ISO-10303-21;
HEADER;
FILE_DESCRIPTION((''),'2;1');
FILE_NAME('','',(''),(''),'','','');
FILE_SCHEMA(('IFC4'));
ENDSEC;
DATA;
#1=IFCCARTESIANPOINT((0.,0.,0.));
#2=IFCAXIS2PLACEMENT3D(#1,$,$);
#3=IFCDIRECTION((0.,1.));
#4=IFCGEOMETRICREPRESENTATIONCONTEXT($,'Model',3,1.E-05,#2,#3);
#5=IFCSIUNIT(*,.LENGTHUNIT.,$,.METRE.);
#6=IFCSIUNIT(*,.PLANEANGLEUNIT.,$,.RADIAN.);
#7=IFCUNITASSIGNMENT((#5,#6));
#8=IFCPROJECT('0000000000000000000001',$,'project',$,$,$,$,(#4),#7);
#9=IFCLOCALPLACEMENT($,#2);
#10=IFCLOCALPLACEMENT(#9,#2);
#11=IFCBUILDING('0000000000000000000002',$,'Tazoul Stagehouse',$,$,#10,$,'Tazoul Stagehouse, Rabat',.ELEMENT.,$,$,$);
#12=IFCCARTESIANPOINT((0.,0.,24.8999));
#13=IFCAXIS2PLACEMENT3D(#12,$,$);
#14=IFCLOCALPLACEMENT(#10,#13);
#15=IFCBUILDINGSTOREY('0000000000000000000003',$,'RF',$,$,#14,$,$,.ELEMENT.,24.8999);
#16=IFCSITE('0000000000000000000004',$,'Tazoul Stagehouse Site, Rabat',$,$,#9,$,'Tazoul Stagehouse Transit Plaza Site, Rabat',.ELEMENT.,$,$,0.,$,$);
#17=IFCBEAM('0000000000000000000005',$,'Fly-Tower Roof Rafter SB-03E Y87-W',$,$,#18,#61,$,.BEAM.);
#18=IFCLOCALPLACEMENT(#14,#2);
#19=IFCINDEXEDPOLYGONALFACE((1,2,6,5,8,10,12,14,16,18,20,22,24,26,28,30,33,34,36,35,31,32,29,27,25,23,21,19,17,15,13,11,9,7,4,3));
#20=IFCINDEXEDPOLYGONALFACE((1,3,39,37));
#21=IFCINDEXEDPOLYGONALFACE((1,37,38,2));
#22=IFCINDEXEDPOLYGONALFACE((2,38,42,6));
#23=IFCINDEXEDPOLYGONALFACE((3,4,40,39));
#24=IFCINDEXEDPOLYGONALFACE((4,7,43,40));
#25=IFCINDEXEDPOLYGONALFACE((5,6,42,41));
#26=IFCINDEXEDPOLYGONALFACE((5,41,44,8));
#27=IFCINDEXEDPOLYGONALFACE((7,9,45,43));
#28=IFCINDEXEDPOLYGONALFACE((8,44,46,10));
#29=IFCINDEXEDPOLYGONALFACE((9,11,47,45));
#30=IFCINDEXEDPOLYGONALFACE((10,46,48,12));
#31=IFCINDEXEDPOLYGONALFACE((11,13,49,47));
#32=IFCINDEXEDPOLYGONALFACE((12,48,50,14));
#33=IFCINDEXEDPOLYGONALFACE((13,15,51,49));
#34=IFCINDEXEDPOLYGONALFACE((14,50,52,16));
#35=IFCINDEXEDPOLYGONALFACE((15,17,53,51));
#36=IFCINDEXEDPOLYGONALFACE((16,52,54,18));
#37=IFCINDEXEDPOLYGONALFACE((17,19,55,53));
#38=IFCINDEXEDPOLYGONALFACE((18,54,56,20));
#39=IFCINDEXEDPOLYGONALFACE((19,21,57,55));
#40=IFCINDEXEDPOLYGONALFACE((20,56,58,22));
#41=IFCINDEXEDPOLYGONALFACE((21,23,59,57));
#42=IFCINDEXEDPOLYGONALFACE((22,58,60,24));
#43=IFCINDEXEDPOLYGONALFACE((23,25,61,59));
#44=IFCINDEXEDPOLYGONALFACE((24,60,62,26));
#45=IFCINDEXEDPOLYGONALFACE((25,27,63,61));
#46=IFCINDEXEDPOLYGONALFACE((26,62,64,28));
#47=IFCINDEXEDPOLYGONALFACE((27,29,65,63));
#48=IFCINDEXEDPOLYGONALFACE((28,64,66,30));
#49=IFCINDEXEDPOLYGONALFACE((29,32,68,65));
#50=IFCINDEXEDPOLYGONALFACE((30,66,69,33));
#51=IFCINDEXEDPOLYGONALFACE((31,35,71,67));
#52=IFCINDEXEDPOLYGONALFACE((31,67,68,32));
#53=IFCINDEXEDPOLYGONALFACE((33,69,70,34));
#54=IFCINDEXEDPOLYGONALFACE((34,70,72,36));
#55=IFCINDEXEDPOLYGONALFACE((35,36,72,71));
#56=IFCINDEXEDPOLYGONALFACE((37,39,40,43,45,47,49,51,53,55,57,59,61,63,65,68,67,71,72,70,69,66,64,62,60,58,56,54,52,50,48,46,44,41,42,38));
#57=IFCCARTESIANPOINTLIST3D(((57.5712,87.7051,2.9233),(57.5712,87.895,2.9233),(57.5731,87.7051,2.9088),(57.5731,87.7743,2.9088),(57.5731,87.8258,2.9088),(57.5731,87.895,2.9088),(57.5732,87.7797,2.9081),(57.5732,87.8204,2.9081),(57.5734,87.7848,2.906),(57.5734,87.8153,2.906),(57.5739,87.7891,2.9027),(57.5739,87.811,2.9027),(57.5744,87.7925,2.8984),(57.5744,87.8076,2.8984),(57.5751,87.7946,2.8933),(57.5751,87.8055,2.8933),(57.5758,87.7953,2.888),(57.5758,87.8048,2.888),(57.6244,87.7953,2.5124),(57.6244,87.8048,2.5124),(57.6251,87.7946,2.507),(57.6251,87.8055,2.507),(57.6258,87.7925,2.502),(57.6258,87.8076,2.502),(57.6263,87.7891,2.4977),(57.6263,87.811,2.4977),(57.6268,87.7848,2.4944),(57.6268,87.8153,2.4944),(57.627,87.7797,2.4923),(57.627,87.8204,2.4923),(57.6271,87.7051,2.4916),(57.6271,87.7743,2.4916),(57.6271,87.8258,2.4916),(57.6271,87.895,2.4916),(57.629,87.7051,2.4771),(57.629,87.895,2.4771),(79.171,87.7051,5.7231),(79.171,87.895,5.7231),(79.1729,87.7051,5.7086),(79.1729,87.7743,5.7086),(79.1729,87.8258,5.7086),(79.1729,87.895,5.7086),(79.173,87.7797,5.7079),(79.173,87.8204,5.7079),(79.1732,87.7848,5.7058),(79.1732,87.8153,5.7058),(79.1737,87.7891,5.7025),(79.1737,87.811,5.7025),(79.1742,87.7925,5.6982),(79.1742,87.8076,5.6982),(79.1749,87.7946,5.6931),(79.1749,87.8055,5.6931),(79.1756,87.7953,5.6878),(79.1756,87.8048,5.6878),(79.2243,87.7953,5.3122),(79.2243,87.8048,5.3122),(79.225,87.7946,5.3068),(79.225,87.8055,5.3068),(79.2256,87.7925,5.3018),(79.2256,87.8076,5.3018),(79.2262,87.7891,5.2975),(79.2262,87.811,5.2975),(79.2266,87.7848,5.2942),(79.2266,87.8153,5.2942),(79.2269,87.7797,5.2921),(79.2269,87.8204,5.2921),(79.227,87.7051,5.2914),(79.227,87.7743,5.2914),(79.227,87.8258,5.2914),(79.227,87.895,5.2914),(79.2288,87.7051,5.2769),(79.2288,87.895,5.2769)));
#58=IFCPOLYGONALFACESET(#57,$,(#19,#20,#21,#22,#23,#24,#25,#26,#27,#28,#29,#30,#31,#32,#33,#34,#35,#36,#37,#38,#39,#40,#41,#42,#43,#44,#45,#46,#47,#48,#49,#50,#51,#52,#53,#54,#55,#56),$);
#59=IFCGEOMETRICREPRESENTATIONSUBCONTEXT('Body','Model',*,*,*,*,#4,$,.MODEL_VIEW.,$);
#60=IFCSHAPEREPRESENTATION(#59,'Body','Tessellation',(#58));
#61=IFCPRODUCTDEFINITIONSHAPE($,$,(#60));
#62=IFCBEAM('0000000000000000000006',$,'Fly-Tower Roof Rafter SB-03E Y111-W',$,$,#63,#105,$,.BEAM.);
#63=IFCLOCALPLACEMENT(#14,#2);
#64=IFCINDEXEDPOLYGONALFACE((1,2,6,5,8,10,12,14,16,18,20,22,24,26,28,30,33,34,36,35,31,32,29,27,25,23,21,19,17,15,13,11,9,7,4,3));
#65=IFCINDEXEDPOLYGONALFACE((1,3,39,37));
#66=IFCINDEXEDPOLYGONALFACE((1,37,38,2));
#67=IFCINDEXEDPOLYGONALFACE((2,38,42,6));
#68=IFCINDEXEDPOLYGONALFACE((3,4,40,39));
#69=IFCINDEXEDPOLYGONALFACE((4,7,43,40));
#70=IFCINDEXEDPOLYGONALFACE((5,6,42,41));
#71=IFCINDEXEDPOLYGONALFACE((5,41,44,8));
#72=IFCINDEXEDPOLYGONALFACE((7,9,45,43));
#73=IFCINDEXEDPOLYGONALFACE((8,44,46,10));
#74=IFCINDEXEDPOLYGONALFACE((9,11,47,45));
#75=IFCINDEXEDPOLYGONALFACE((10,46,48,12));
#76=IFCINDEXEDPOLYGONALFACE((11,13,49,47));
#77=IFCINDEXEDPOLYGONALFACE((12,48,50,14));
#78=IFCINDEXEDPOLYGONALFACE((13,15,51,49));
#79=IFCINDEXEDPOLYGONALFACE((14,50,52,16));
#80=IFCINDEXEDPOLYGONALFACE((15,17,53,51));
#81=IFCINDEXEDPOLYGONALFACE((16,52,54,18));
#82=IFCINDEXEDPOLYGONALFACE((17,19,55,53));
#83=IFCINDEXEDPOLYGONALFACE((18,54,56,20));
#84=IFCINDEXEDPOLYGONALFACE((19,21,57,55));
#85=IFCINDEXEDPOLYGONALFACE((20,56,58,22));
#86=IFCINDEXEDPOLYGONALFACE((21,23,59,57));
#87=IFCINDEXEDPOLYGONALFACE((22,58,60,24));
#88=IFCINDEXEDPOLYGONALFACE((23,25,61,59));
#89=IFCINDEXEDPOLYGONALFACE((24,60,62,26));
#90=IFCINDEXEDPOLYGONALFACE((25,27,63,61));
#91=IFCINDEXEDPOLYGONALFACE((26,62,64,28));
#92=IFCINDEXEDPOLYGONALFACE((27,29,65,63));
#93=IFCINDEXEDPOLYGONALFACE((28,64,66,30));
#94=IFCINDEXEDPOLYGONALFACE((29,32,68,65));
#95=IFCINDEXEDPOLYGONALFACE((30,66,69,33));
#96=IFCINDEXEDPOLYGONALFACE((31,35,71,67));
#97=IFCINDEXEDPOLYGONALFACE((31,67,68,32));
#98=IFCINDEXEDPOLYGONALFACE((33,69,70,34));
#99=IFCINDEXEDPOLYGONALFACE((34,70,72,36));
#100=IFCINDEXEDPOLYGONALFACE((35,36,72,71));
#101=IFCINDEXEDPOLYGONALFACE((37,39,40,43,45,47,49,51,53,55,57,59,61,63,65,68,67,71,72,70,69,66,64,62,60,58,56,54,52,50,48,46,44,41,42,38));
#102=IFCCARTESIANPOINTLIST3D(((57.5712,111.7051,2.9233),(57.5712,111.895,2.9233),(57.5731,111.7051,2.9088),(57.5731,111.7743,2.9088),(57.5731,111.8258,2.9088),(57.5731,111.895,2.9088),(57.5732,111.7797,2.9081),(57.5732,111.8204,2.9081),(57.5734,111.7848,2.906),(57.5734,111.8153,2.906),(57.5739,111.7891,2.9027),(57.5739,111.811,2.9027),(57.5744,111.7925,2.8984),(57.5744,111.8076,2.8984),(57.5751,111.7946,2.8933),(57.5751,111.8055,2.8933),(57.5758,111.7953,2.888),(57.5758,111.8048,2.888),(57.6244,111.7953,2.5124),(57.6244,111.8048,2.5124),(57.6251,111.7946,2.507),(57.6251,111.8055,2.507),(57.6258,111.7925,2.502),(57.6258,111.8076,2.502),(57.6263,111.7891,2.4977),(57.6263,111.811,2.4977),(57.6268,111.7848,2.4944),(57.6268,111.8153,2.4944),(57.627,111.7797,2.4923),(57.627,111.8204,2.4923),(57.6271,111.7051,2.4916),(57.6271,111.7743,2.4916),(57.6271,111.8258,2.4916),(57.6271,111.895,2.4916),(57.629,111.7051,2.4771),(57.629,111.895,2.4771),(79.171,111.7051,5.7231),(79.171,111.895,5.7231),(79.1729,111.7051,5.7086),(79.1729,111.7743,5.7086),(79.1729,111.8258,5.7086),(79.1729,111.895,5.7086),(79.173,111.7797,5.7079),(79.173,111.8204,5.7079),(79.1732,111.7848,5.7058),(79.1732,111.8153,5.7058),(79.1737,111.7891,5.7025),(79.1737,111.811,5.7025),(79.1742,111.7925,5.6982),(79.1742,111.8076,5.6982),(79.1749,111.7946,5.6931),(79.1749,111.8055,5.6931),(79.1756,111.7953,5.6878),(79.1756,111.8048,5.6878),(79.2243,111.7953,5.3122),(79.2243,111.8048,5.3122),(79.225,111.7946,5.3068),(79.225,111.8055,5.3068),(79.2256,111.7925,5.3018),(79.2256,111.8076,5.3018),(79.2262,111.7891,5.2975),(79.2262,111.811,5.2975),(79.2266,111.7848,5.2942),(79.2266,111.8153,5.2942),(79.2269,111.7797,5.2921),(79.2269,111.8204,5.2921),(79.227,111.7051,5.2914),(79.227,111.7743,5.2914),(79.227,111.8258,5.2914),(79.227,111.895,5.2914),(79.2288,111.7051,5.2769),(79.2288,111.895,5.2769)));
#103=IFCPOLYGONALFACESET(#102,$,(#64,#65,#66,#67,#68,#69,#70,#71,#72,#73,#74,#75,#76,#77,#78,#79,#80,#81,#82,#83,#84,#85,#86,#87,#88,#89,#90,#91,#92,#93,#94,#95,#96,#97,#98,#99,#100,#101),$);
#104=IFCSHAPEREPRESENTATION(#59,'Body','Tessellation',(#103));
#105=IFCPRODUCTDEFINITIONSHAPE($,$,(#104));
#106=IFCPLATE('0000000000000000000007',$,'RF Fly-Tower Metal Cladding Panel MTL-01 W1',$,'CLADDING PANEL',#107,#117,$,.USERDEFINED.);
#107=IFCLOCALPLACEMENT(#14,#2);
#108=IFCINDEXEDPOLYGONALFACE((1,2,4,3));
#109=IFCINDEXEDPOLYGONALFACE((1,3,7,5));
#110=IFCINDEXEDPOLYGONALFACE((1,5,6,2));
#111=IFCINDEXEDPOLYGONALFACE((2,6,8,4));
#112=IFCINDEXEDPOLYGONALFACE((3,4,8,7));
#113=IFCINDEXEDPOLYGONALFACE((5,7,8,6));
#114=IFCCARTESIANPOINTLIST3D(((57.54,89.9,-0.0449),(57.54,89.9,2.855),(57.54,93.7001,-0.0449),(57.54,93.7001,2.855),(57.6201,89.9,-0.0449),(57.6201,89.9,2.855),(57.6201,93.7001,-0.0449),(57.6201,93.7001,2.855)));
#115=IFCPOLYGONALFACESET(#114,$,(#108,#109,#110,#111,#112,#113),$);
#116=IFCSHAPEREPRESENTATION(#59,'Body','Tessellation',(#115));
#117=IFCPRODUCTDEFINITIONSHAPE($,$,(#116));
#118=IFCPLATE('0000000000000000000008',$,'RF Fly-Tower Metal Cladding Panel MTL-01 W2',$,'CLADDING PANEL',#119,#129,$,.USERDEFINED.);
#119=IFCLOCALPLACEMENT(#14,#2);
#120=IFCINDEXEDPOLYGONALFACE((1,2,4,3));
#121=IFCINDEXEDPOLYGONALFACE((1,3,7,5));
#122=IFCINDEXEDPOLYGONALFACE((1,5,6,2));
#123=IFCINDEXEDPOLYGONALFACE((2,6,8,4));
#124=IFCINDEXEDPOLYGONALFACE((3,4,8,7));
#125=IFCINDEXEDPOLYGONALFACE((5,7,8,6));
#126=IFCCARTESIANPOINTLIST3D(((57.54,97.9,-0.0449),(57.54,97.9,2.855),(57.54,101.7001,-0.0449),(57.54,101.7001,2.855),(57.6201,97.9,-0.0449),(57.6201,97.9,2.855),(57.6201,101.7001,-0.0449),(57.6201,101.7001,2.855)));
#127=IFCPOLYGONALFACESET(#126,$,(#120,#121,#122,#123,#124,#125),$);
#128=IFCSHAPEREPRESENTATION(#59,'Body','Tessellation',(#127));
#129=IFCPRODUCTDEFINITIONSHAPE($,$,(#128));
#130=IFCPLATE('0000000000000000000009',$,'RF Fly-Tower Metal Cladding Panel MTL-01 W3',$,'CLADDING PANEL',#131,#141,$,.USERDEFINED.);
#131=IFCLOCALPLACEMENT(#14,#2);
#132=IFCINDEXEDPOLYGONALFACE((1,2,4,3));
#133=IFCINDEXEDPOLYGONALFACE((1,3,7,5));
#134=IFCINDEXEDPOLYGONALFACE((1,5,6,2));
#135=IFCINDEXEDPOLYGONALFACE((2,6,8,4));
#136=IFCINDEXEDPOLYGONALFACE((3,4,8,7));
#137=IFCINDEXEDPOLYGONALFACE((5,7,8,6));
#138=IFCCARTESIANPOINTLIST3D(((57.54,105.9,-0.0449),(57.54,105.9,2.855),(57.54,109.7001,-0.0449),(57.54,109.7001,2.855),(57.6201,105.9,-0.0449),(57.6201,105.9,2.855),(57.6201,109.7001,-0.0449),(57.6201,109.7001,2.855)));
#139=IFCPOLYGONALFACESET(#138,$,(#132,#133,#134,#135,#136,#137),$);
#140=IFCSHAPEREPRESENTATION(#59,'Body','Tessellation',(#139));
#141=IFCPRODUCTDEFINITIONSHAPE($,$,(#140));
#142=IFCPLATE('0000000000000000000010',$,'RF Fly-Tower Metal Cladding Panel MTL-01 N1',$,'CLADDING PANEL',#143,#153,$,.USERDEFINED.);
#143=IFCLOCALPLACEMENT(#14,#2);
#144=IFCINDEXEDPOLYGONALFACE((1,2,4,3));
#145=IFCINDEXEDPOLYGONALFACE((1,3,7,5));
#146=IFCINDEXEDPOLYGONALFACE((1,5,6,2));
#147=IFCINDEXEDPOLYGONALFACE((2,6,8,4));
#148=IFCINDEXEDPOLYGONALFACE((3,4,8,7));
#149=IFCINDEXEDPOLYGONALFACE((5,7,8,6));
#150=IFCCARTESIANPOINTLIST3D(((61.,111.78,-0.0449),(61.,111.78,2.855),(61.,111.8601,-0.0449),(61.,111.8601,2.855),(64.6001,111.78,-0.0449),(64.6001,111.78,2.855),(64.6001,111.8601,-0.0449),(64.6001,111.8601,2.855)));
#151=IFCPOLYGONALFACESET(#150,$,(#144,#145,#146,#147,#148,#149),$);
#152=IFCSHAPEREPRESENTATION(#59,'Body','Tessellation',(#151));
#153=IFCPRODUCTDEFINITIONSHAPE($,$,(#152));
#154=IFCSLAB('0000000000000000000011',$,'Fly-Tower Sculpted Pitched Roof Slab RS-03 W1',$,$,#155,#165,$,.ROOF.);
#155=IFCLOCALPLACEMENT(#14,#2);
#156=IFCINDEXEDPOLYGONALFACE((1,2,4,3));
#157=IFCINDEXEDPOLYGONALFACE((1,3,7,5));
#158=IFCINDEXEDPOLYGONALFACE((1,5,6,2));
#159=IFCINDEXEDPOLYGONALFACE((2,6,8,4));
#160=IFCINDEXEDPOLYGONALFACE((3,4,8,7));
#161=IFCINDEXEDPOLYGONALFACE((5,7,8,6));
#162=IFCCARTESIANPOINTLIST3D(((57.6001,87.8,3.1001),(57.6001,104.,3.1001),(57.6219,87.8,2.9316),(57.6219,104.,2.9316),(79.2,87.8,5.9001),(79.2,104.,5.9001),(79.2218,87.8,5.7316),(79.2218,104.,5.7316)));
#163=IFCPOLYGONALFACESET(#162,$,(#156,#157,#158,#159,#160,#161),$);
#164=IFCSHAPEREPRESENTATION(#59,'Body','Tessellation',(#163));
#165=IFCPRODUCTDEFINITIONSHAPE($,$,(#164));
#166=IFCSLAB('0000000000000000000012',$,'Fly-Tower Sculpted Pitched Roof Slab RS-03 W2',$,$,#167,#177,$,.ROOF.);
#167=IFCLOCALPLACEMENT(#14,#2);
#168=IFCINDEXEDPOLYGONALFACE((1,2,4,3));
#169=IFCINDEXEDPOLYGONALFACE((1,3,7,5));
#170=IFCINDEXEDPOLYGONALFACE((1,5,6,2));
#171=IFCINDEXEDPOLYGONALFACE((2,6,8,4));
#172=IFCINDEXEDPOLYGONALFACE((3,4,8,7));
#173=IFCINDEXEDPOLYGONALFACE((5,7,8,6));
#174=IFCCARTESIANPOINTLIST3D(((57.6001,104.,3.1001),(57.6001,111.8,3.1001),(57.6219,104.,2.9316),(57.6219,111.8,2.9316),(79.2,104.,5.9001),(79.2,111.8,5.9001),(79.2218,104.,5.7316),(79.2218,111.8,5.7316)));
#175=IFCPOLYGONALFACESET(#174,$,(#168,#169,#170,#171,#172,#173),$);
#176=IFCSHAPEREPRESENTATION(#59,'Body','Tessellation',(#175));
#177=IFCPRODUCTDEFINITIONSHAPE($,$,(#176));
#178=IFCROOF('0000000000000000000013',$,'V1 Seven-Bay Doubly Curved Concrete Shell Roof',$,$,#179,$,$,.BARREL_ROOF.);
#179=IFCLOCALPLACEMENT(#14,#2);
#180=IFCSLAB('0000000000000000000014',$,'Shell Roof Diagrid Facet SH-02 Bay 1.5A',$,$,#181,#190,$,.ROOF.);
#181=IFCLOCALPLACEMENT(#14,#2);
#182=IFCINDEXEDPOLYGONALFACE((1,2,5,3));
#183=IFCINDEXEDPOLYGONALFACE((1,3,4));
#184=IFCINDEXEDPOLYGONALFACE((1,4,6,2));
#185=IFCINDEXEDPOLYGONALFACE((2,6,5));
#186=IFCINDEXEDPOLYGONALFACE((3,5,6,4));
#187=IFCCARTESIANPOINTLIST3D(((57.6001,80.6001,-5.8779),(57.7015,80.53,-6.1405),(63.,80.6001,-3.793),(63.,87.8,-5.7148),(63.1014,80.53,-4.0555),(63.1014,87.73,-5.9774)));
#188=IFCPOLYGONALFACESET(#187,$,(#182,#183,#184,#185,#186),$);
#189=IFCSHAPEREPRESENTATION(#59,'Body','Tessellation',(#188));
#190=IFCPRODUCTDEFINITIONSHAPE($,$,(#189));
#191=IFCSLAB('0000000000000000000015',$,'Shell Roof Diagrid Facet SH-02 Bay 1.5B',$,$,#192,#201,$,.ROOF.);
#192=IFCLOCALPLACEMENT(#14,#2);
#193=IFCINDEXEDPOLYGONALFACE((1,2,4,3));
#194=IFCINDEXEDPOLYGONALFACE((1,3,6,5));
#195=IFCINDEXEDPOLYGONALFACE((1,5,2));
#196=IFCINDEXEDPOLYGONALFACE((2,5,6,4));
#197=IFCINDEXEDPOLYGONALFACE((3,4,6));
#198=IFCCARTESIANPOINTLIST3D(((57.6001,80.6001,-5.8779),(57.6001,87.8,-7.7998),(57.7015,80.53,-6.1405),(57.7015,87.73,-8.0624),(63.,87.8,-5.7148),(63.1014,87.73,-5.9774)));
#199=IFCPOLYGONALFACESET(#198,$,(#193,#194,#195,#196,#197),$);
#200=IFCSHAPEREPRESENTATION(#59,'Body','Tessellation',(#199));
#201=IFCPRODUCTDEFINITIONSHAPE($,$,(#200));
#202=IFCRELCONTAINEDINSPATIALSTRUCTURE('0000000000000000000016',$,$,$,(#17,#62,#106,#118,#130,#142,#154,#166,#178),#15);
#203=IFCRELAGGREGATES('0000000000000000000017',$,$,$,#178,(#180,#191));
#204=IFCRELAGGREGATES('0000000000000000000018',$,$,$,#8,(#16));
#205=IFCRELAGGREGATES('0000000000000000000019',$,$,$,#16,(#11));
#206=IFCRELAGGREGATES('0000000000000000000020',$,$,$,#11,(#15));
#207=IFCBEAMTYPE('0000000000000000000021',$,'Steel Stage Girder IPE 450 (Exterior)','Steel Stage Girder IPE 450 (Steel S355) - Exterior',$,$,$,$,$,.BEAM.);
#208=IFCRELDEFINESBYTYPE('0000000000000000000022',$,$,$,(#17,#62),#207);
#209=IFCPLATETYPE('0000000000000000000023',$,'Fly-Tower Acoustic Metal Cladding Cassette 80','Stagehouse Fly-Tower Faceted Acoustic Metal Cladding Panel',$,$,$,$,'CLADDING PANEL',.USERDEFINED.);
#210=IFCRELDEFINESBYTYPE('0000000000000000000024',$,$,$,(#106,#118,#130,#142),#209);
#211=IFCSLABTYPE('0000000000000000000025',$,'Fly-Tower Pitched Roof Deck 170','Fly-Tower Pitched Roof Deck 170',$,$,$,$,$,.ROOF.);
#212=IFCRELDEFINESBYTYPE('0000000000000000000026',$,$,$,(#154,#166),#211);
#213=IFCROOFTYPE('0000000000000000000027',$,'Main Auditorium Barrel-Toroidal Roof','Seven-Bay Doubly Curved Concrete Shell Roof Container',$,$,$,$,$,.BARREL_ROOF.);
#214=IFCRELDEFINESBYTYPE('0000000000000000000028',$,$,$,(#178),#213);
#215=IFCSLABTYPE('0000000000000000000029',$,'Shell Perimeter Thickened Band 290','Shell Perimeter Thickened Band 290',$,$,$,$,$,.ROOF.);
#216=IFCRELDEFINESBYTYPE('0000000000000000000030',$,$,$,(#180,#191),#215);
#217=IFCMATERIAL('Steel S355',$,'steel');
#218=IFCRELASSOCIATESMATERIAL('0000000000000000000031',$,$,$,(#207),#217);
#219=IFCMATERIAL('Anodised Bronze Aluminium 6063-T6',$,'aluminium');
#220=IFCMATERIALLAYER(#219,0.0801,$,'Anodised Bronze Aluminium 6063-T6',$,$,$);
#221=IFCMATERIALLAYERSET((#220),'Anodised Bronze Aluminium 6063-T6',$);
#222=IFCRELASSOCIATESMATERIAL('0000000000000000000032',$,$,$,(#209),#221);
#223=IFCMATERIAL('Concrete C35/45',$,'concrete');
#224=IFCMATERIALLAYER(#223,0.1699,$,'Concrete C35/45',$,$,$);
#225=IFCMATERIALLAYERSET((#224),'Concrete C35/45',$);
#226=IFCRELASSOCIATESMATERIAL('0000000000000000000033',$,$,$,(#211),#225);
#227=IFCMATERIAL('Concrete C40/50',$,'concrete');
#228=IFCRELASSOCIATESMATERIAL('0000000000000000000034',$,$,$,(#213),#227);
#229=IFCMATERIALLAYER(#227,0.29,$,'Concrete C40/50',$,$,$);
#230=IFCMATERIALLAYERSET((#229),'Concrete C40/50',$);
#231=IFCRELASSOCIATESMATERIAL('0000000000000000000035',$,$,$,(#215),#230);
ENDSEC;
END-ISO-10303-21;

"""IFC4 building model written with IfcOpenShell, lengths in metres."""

from ifc_helpers import new_model, si_unit, direction, frame, origin, origin_2d, place, context, subcontext, project, spatial, polyline, rectangle, i_section, outline, extrude, material, layer, layer_set, material_profile, profile_set, type_object, element, aggregate, save


model = new_model("IFC4")

# Units and contexts
model_context = context("Model", 3, precision=1e-05, world=origin(), true_north=direction((0.0, 1.0)))
body_context = subcontext(model_context, "Body", "Model", "MODEL_VIEW")
ifc_project = project(units=[si_unit("LENGTHUNIT", "METRE"), si_unit("PLANEANGLEUNIT", "RADIAN")], contexts=[model_context])

# Site, building, storey
site_placement = place(None, origin())
site = spatial("IfcSite", under=ifc_project, at=site_placement, Name="Tazoul Stagehouse Site, Rabat", LongName="Tazoul Stagehouse Transit Plaza Site, Rabat", CompositionType="ELEMENT", RefElevation=0.0)
building_placement = place(site_placement, origin())
building = spatial("IfcBuilding", under=site, at=building_placement, Name="Tazoul Stagehouse", LongName="Tazoul Stagehouse, Rabat", CompositionType="ELEMENT")
storey_placement = place(building_placement, frame((0.0, 0.0, 24.8999)))
storey = spatial("IfcBuildingStorey", under=building, at=storey_placement, Name="RF", CompositionType="ELEMENT", Elevation=24.8999)

# Shared definitions
ifc_material_1 = material(Name="Steel S355", Category="steel")

# Shared definitions
ifc_material_2 = material(Name="Concrete C40/50", Category="concrete")

# Beams
ifc_material_profile_1 = material_profile(ifc_material_1, i_section(OverallWidth=0.1899, OverallDepth=0.45, WebThickness=0.0095, FlangeThickness=0.0146, FilletRadius=0.021, at=origin_2d()), Name="IPE 450")
ifc_profile_set_1 = profile_set([ifc_material_profile_1], Name="Steel S355")
beam_type_1 = type_object("IfcBeamType", Name="Steel Stage Girder IPE 450 (Exterior)", Description="Steel Stage Girder IPE 450 (Steel S355) - Exterior", PredefinedType="BEAM", material=ifc_profile_set_1)
for number, where, z_axis, x_axis, name in (
    (1, (57.6001, 87.8, 2.7002), (0.991704, 0.0, 0.128546), (0.0, 1.0, 0.0), "Fly-Tower Roof Rafter SB-03E Y87-W"),
    (2, (57.6001, 111.8, 2.7002), (0.991704, 0.0, 0.128546), (0.0, 1.0, 0.0), "Fly-Tower Roof Rafter SB-03E Y111-W"),
):
    element("IfcBeam", number, at=place(storey_placement, frame(where, z_axis=z_axis, x_axis=x_axis)), inside=storey, type_object=beam_type_1, Name=name, PredefinedType="BEAM", context=body_context, shape_type="SweptSolid", body=[
        extrude(i_section(OverallWidth=0.1899, OverallDepth=0.45, WebThickness=0.0095, FlangeThickness=0.0146, FilletRadius=0.021, at=origin_2d()), origin(), (0.0, 0.0, 1.0), 21.7805),
    ])

# Plates
ifc_material_3 = material(Name="Anodised Bronze Aluminium 6063-T6", Category="aluminium")
ifc_layer_1 = layer(ifc_material_3, 0.0801, Name="Anodised Bronze Aluminium 6063-T6")
ifc_layer_set_1 = layer_set([ifc_layer_1], Name="Anodised Bronze Aluminium 6063-T6")
plate_type_1 = type_object("IfcPlateType", Name="Fly-Tower Acoustic Metal Cladding Cassette 80", Description="Stagehouse Fly-Tower Faceted Acoustic Metal Cladding Panel", ElementType="CLADDING PANEL", PredefinedType="USERDEFINED", material=ifc_layer_set_1)
for number, where, z_axis, x_axis, name in (
    (3, (57.5801, 91.8, -0.0449), (0.0, 0.0, 1.0), (0.0, 1.0, 0.0), "RF Fly-Tower Metal Cladding Panel MTL-01 W1"),
    (4, (57.5801, 99.8, -0.0449), (0.0, 0.0, 1.0), (0.0, 1.0, 0.0), "RF Fly-Tower Metal Cladding Panel MTL-01 W2"),
    (5, (57.5801, 107.8, -0.0449), (0.0, 0.0, 1.0), (0.0, 1.0, 0.0), "RF Fly-Tower Metal Cladding Panel MTL-01 W3"),
):
    element("IfcPlate", number, at=place(storey_placement, frame(where, z_axis=z_axis, x_axis=x_axis)), inside=storey, type_object=plate_type_1, Name=name, ObjectType="CLADDING PANEL", PredefinedType="USERDEFINED", context=body_context, shape_type="SweptSolid", body=[
        extrude(rectangle(XDim=3.8, YDim=0.0801, at=origin_2d()), origin(), (0.0, 0.0, 1.0), 2.8999),
    ])
plate_1_placement = place(storey_placement, frame((62.8, 111.8201, -0.0449), z_axis=(0.0, 0.0, 1.0), x_axis=(1.0, 0.0, 0.0)))
element("IfcPlate", 6, at=plate_1_placement, inside=storey, type_object=plate_type_1, Name="RF Fly-Tower Metal Cladding Panel MTL-01 N1", ObjectType="CLADDING PANEL", PredefinedType="USERDEFINED", context=body_context, shape_type="SweptSolid", body=[
    extrude(rectangle(XDim=3.6001, YDim=0.0801, at=origin_2d()), origin(), (0.0, 0.0, 1.0), 2.8999),
])

# Slabs
ifc_material_4 = material(Name="Concrete C35/45", Category="concrete")
ifc_layer_2 = layer(ifc_material_4, 0.1699, Name="Concrete C35/45")
ifc_layer_set_2 = layer_set([ifc_layer_2], Name="Concrete C35/45")
slab_type_1 = type_object("IfcSlabType", Name="Fly-Tower Pitched Roof Deck 170", Description="Fly-Tower Pitched Roof Deck 170", PredefinedType="ROOF", material=ifc_layer_set_2)
slab_1_placement = place(storey_placement, frame((57.6001, 87.8, 3.1001), z_axis=(-0.128557, 0.0, 0.991702), x_axis=(0.991702, 0.0, 0.128557)))
element("IfcSlab", 7, at=slab_1_placement, inside=storey, type_object=slab_type_1, Name="Fly-Tower Sculpted Pitched Roof Slab RS-03 W1", PredefinedType="ROOF", context=body_context, shape_type="SweptSolid", body=[
    extrude(outline(polyline([(0.0, 0.0), (21.7806, 0.0), (21.7806, 16.2), (0.0, 16.2), (0.0, 0.0)])), origin(), (0.0, 0.0, -1.0), 0.1699),
])
slab_2_placement = place(storey_placement, frame((57.6001, 104.0, 3.1001), z_axis=(-0.128557, 0.0, 0.991702), x_axis=(0.991702, 0.0, 0.128557)))
element("IfcSlab", 8, at=slab_2_placement, inside=storey, type_object=slab_type_1, Name="Fly-Tower Sculpted Pitched Roof Slab RS-03 W2", PredefinedType="ROOF", context=body_context, shape_type="SweptSolid", body=[
    extrude(outline(polyline([(0.0, 0.0), (21.7806, 0.0), (21.7806, 7.8), (0.0, 7.8), (0.0, 0.0)])), origin(), (0.0, 0.0, -1.0), 0.1699),
])

# Roof, slabs
roof_type = type_object("IfcRoofType", Name="Main Auditorium Barrel-Toroidal Roof", Description="Seven-Bay Doubly Curved Concrete Shell Roof Container", PredefinedType="BARREL_ROOF", material=ifc_material_2)
roof_placement = place(storey_placement, origin())
roof = element("IfcRoof", 9, at=roof_placement, inside=storey, type_object=roof_type, Name="V1 Seven-Bay Doubly Curved Concrete Shell Roof", PredefinedType="BARREL_ROOF")
ifc_layer_3 = layer(ifc_material_2, 0.29, Name="Concrete C40/50")
ifc_layer_set_3 = layer_set([ifc_layer_3], Name="Concrete C40/50")
slab_type_2 = type_object("IfcSlabType", Name="Shell Perimeter Thickened Band 290", Description="Shell Perimeter Thickened Band 290", PredefinedType="ROOF", material=ifc_layer_set_3)
slab_3_placement = place(storey_placement, frame((57.6001, 80.6001, -5.8779), z_axis=(-0.349521, 0.241633, 0.905234), x_axis=(0.932877, 0.0, 0.360194)))
slab_3 = element("IfcSlab", 10, at=slab_3_placement, type_object=slab_type_2, Name="Shell Roof Diagrid Facet SH-02 Bay 1.5A", PredefinedType="ROOF", context=body_context, shape_type="SweptSolid", body=[
    extrude(outline(polyline([(0.0, 0.0), (5.7884, 0.0), (5.0962, 7.4198), (0.0, 0.0)])), origin(), (0.0, 0.0, -1.0), 0.29),
])
slab_4_placement = place(storey_placement, frame((57.6001, 80.6001, -5.8779), z_axis=(-0.349521, 0.241633, 0.905234), x_axis=(0.599897, 0.799872, 0.018118)))
slab_4 = element("IfcSlab", 11, at=slab_4_placement, type_object=slab_type_2, Name="Shell Roof Diagrid Facet SH-02 Bay 1.5B", PredefinedType="ROOF", context=body_context, shape_type="SweptSolid", body=[
    extrude(outline(polyline([(0.0, 0.0), (9.0014, 0.0), (5.7242, 4.7714), (0.0, 0.0)])), origin(), (0.0, 0.0, -1.0), 0.29),
])

aggregate(roof, [slab_3, slab_4])

save(model, "model.ifc")
